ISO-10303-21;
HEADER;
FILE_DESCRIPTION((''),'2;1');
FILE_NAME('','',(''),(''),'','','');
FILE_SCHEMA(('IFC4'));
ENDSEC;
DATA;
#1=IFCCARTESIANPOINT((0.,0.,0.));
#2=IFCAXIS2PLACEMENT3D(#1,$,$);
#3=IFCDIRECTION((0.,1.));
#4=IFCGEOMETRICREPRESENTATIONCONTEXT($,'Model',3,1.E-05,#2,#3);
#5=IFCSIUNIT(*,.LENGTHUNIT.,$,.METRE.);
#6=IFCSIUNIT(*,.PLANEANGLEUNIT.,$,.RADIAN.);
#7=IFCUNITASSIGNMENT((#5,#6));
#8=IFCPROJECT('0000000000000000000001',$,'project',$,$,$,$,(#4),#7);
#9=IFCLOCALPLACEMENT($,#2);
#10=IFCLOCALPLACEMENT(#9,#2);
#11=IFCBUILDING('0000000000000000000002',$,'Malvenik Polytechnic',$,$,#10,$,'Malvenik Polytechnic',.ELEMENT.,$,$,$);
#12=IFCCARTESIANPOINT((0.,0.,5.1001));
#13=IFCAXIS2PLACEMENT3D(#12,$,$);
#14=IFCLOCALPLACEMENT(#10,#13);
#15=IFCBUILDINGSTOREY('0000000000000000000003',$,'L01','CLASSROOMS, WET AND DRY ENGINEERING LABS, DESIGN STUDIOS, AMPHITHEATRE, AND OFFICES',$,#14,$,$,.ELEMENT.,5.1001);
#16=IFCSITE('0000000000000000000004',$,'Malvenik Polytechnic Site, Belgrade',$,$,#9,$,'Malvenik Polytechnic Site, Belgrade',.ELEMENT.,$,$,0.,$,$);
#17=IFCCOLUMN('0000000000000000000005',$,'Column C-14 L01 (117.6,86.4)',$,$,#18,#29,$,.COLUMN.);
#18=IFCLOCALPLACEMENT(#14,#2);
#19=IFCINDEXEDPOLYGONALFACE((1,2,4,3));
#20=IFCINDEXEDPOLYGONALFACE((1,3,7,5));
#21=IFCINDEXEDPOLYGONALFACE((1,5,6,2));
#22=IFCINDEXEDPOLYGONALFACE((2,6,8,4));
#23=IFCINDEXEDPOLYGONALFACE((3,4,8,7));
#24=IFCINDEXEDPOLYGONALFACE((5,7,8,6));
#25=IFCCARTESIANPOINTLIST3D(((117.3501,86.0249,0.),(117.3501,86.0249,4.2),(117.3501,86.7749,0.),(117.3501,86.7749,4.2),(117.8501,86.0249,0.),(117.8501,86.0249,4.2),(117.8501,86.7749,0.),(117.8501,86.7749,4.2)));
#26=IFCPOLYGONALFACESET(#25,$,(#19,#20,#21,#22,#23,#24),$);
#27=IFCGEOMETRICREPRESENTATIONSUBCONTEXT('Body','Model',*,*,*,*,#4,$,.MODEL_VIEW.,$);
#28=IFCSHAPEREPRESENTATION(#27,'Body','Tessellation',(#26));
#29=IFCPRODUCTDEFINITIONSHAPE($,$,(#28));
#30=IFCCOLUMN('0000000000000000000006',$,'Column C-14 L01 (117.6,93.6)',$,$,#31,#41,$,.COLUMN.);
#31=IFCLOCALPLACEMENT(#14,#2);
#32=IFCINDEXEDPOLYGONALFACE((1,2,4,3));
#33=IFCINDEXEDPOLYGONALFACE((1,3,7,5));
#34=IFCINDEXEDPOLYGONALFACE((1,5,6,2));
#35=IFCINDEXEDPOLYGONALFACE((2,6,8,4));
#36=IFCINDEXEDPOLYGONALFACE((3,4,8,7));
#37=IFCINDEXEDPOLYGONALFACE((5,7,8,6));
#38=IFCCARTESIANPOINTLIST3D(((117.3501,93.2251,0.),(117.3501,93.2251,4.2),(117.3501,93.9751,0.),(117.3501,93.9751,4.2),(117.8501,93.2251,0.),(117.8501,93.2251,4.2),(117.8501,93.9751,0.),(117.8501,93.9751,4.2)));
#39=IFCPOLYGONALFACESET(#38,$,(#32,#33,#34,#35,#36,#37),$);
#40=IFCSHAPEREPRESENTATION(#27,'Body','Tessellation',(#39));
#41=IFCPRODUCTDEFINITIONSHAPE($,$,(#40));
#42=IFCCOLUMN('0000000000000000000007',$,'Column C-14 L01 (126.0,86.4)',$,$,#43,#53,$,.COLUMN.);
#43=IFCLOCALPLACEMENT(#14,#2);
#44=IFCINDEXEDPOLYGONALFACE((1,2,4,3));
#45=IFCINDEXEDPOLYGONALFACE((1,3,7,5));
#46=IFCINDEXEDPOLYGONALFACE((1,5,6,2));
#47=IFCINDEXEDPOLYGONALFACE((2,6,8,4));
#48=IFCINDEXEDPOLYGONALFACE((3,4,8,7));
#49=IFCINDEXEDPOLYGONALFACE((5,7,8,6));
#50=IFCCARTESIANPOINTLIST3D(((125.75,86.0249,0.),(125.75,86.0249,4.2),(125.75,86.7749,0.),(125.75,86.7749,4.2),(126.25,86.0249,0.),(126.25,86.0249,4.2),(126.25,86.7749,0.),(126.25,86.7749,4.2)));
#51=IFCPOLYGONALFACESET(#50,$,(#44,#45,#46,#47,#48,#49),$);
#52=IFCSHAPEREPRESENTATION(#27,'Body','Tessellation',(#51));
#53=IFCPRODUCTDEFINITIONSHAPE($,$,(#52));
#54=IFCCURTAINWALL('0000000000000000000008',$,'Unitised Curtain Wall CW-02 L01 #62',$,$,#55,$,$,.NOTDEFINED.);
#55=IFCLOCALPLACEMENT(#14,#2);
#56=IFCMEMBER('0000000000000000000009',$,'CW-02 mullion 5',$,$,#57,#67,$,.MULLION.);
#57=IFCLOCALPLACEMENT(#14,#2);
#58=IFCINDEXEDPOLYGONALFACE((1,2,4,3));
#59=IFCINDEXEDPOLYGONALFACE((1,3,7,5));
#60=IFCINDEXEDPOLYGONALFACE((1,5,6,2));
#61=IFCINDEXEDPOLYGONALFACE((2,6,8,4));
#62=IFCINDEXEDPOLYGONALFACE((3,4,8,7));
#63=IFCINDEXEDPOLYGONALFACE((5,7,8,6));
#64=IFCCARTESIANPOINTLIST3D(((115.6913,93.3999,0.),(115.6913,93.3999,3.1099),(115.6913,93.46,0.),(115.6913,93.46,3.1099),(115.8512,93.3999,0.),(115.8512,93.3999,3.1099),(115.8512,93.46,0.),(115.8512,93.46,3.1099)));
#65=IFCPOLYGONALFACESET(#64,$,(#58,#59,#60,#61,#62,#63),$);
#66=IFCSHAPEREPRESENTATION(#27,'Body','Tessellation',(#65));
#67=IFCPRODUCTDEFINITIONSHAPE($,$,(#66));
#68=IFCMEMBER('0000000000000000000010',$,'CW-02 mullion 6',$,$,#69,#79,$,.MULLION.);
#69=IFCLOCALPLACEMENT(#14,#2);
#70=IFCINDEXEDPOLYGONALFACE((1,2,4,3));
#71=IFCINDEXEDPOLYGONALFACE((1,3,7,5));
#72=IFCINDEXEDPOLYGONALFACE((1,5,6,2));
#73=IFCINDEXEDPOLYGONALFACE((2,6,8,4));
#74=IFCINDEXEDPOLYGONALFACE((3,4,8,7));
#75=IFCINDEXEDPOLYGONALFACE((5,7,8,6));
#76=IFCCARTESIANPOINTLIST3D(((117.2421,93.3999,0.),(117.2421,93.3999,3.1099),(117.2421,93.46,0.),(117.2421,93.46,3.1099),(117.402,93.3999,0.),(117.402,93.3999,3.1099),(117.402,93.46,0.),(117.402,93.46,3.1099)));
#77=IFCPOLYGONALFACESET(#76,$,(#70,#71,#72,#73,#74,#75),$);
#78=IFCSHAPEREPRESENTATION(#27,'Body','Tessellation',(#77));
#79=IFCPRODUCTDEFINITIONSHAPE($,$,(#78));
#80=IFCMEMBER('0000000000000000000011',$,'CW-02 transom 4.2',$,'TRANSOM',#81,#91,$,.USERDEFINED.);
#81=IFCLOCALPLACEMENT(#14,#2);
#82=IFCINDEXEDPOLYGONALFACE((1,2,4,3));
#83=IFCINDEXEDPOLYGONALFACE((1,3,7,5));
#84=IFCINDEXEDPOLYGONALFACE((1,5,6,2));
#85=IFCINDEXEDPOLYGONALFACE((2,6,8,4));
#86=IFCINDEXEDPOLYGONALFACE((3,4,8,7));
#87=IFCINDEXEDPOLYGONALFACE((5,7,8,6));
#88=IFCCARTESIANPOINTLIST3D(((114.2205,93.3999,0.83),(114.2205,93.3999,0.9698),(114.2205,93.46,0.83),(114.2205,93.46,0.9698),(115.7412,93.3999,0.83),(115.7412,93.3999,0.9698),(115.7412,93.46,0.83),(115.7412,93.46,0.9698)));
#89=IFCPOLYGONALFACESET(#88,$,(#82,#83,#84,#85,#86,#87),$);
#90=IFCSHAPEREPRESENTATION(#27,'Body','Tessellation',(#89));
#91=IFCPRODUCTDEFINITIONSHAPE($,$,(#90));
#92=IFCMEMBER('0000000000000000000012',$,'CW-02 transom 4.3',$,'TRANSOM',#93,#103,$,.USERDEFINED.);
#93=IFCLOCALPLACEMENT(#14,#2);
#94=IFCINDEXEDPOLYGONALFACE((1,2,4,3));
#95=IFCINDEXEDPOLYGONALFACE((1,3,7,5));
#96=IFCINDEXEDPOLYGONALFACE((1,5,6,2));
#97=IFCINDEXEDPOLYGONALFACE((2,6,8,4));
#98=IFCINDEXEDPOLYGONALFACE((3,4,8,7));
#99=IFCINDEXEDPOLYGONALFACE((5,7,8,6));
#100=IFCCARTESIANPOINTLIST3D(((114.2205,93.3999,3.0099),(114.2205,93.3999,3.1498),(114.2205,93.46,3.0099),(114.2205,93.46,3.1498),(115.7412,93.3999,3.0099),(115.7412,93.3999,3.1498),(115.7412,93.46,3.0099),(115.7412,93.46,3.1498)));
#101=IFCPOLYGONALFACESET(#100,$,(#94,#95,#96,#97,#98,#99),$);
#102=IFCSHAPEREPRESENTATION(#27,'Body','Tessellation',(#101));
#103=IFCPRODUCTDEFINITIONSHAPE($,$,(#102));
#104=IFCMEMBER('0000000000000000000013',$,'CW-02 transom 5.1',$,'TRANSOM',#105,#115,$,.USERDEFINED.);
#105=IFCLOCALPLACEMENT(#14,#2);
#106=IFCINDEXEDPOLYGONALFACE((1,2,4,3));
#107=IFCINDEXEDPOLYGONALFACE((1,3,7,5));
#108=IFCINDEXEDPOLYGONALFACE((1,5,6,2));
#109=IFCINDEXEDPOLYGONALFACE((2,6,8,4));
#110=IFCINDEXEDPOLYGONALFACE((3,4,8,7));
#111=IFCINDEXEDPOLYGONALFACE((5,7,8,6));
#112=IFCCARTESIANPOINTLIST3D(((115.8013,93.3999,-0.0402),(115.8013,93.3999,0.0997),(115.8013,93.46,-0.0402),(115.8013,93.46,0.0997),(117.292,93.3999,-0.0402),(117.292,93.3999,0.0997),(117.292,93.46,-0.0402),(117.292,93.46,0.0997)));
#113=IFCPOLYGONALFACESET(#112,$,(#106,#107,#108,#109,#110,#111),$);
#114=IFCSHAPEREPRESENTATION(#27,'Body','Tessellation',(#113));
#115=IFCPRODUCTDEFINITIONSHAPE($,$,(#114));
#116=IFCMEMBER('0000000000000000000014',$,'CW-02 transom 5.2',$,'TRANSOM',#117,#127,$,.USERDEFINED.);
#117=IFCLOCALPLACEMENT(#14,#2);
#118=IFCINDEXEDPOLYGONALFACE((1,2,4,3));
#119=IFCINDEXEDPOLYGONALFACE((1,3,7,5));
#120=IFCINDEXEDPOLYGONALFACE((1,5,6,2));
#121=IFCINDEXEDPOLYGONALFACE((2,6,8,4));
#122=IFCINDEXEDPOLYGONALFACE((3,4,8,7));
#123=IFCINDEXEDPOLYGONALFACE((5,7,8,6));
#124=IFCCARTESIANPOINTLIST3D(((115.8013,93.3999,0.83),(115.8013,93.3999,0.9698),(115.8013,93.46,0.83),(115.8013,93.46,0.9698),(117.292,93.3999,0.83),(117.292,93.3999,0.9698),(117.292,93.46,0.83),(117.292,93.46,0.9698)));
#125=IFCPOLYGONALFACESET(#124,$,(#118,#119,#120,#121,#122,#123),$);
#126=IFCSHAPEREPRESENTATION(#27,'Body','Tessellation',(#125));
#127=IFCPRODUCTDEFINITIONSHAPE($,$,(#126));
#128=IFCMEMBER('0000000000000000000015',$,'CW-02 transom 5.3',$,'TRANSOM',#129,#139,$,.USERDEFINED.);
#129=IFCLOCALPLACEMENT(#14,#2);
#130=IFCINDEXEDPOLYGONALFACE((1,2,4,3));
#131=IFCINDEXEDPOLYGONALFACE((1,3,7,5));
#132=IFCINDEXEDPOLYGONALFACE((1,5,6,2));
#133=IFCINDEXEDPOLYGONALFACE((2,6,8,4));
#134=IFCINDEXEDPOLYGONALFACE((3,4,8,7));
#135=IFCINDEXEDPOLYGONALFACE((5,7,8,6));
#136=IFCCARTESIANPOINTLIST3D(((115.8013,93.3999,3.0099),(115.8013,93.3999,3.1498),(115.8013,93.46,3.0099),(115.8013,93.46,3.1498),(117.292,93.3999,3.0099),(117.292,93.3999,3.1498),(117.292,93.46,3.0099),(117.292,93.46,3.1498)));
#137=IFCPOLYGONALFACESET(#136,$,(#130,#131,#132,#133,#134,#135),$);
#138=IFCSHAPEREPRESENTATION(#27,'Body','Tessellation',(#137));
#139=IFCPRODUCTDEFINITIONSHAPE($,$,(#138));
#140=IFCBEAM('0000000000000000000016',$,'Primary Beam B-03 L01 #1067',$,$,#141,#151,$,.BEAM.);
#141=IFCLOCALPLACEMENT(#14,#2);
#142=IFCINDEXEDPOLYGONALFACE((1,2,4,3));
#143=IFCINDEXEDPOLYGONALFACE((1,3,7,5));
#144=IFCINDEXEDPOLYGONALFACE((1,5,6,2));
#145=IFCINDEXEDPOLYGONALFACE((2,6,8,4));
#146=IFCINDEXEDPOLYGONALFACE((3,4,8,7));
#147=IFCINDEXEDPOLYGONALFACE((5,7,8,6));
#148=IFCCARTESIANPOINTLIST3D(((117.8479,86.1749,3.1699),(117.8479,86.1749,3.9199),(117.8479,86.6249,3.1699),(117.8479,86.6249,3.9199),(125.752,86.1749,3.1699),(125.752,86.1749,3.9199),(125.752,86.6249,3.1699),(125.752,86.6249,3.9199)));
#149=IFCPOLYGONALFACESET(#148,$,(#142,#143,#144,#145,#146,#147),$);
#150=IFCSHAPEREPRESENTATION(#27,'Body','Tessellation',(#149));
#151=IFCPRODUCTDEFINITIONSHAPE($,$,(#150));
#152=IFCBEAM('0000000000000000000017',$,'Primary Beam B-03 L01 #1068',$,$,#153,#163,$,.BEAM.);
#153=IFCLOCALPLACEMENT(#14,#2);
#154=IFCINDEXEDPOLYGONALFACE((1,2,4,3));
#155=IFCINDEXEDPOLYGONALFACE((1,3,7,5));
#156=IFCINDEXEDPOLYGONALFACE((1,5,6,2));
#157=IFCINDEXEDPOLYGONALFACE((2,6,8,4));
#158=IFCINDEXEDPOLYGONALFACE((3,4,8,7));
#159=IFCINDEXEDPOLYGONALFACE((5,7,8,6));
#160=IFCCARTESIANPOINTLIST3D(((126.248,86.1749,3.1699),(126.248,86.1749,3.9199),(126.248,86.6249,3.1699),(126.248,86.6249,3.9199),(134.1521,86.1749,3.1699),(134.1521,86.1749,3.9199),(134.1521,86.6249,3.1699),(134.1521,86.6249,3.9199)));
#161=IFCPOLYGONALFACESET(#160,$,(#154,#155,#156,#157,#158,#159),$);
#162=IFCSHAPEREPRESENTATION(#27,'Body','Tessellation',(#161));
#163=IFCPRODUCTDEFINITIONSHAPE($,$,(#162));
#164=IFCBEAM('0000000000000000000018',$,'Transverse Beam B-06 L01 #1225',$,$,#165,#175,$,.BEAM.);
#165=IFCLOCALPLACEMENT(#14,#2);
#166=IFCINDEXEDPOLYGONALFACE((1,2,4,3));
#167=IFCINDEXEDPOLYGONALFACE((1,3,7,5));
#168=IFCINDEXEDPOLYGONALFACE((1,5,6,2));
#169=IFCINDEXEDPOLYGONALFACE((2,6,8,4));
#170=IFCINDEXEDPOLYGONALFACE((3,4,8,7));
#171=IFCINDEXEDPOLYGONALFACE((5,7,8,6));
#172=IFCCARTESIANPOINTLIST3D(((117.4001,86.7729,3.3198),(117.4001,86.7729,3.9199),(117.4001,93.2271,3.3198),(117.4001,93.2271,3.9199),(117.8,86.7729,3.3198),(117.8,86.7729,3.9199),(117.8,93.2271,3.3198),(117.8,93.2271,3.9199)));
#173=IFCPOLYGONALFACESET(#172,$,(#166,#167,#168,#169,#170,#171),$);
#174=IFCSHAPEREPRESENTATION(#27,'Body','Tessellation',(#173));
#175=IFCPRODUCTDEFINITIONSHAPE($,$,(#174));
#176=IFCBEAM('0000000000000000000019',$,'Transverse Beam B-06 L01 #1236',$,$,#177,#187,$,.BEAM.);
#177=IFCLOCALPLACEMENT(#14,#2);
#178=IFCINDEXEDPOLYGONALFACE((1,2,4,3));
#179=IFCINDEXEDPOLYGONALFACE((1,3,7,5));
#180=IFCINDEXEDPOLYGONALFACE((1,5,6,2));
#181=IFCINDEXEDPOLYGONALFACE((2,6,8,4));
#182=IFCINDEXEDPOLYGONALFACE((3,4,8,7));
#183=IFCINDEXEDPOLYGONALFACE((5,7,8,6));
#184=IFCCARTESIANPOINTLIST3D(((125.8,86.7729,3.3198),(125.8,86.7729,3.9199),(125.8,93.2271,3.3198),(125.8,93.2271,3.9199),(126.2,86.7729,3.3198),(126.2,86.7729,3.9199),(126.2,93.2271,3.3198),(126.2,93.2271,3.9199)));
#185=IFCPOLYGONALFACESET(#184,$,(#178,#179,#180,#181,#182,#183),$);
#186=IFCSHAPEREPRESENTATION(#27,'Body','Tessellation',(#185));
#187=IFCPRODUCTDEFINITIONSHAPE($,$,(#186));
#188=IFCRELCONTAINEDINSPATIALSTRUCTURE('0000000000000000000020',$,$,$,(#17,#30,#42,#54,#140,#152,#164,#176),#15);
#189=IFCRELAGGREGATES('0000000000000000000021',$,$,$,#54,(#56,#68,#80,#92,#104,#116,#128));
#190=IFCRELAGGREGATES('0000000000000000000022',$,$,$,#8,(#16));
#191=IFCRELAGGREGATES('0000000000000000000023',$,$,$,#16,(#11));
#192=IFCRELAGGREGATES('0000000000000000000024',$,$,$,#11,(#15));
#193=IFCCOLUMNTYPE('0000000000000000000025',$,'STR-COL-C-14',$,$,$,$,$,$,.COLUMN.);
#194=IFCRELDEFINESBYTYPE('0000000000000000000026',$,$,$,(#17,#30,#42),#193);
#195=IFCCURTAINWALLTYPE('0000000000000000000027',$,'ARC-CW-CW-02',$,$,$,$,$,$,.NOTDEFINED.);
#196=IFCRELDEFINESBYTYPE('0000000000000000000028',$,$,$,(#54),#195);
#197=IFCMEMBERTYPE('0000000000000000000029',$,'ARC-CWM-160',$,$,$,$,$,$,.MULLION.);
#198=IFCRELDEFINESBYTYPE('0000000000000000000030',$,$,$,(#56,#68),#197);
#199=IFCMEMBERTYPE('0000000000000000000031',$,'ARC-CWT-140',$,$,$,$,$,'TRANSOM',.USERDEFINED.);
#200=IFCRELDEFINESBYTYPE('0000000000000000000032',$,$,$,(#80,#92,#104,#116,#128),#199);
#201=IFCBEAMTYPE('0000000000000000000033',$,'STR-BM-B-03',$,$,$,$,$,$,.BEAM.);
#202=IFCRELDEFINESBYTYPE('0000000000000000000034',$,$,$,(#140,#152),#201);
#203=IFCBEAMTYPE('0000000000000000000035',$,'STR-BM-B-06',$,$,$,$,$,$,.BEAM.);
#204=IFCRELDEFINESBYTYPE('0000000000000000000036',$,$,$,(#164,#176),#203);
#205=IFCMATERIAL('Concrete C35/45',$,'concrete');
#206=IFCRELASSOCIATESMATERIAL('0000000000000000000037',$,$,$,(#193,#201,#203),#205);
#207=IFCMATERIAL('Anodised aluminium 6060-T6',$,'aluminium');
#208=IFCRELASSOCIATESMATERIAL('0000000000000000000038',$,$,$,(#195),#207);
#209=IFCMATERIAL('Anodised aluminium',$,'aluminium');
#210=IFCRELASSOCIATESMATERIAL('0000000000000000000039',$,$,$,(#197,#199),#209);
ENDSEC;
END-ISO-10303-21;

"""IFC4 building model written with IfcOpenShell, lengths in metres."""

from ifc_helpers import new_model, si_unit, direction, frame, origin, origin_2d, place, context, subcontext, project, spatial, rectangle, extrude, material, material_profile, profile_set, type_object, element, aggregate, save


model = new_model("IFC4")

# Units and contexts
model_context = context("Model", 3, precision=1e-05, world=origin(), true_north=direction((0.0, 1.0)))
body_context = subcontext(model_context, "Body", "Model", "MODEL_VIEW")
ifc_project = project(units=[si_unit("LENGTHUNIT", "METRE"), si_unit("PLANEANGLEUNIT", "RADIAN")], contexts=[model_context])

# Site, building, storey
site_placement = place(None, origin())
site = spatial("IfcSite", under=ifc_project, at=site_placement, Name="Malvenik Polytechnic Site, Belgrade", LongName="Malvenik Polytechnic Site, Belgrade", CompositionType="ELEMENT", RefElevation=0.0)
building_placement = place(site_placement, origin())
building = spatial("IfcBuilding", under=site, at=building_placement, Name="Malvenik Polytechnic", LongName="Malvenik Polytechnic", CompositionType="ELEMENT")
storey_placement = place(building_placement, frame((0.0, 0.0, 5.1001)))
storey = spatial("IfcBuildingStorey", under=building, at=storey_placement, Name="L01", Description="CLASSROOMS, WET AND DRY ENGINEERING LABS, DESIGN STUDIOS, AMPHITHEATRE, AND OFFICES", CompositionType="ELEMENT", Elevation=5.1001)

# Columns
ifc_material_1 = material(Name="Concrete C35/45", Category="concrete")
ifc_material_profile_1 = material_profile(ifc_material_1, rectangle(XDim=0.5, YDim=0.75, at=origin_2d()), Name="RC COL 750x500")
ifc_profile_set_1 = profile_set([ifc_material_profile_1], Name="Concrete C35/45")
column_type = type_object("IfcColumnType", Name="STR-COL-C-14", PredefinedType="COLUMN", material=ifc_profile_set_1)
for number, where, z_axis, x_axis, name in (
    (1, (117.6001, 86.3999, 0.0), (0.0, 0.0, 1.0), (1.0, 0.0, 0.0), "Column C-14 L01 (117.6,86.4)"),
    (2, (117.6001, 93.6001, 0.0), (0.0, 0.0, 1.0), (1.0, 0.0, 0.0), "Column C-14 L01 (117.6,93.6)"),
    (3, (126.0, 86.3999, 0.0), (0.0, 0.0, 1.0), (1.0, 0.0, 0.0), "Column C-14 L01 (126.0,86.4)"),
):
    element("IfcColumn", number, at=place(storey_placement, frame(where, z_axis=z_axis, x_axis=x_axis)), inside=storey, type_object=column_type, Name=name, PredefinedType="COLUMN", context=body_context, shape_type="SweptSolid", body=[
        extrude(rectangle(XDim=0.5, YDim=0.75, at=origin_2d()), origin(), (0.0, 0.0, 1.0), 4.2),
    ])

# Curtain wall, members
ifc_material_2 = material(Name="Anodised aluminium 6060-T6", Category="aluminium")
curtain_wall_type = type_object("IfcCurtainWallType", Name="ARC-CW-CW-02", PredefinedType="NOTDEFINED", material=ifc_material_2)
curtain_wall_placement = place(storey_placement, origin())
curtain_wall = element("IfcCurtainWall", 4, at=curtain_wall_placement, inside=storey, type_object=curtain_wall_type, Name="Unitised Curtain Wall CW-02 L01 #62", PredefinedType="NOTDEFINED")
ifc_material_3 = material(Name="Anodised aluminium", Category="aluminium")
ifc_material_profile_2 = material_profile(ifc_material_3, rectangle(XDim=0.0601, YDim=0.1599, at=origin_2d()), Name="ALU MULLION 60x160")
ifc_profile_set_2 = profile_set([ifc_material_profile_2], Name="Anodised aluminium")
member_type_1 = type_object("IfcMemberType", Name="ARC-CWM-160", PredefinedType="MULLION", material=ifc_profile_set_2)
member_1_placement = place(storey_placement, frame((115.7712, 93.4299, 0.0), z_axis=(0.0, 0.0, 1.0), x_axis=(0.0, 1.0, 0.0)))
member_1 = element("IfcMember", 5, at=member_1_placement, type_object=member_type_1, Name="CW-02 mullion 5", PredefinedType="MULLION", context=body_context, shape_type="SweptSolid", body=[
    extrude(rectangle(XDim=0.0601, YDim=0.1599, at=origin_2d()), origin(), (0.0, 0.0, 1.0), 3.1099),
])
member_2_placement = place(storey_placement, frame((117.322, 93.4299, 0.0), z_axis=(0.0, 0.0, 1.0), x_axis=(0.0, 1.0, 0.0)))
member_2 = element("IfcMember", 6, at=member_2_placement, type_object=member_type_1, Name="CW-02 mullion 6", PredefinedType="MULLION", context=body_context, shape_type="SweptSolid", body=[
    extrude(rectangle(XDim=0.0601, YDim=0.1599, at=origin_2d()), origin(), (0.0, 0.0, 1.0), 3.1099),
])
ifc_material_profile_3 = material_profile(ifc_material_3, rectangle(XDim=0.0601, YDim=0.1399, at=origin_2d()), Name="ALU TRANSOM 60x140")
ifc_profile_set_3 = profile_set([ifc_material_profile_3], Name="Anodised aluminium")
member_type_2 = type_object("IfcMemberType", Name="ARC-CWT-140", ElementType="TRANSOM", PredefinedType="USERDEFINED", material=ifc_profile_set_3)
member_3_placement = place(storey_placement, frame((114.2205, 93.4299, 0.8999), z_axis=(1.0, 0.0, 0.0), x_axis=(0.0, 1.0, 0.0)))
member_3 = element("IfcMember", 7, at=member_3_placement, type_object=member_type_2, Name="CW-02 transom 4.2", ObjectType="TRANSOM", PredefinedType="USERDEFINED", context=body_context, shape_type="SweptSolid", body=[
    extrude(rectangle(XDim=0.0601, YDim=0.1399, at=origin_2d()), origin(), (0.0, 0.0, 1.0), 1.5208),
])
member_4_placement = place(storey_placement, frame((114.2205, 93.4299, 3.0798), z_axis=(1.0, 0.0, 0.0), x_axis=(0.0, 1.0, 0.0)))
member_4 = element("IfcMember", 8, at=member_4_placement, type_object=member_type_2, Name="CW-02 transom 4.3", ObjectType="TRANSOM", PredefinedType="USERDEFINED", context=body_context, shape_type="SweptSolid", body=[
    extrude(rectangle(XDim=0.0601, YDim=0.1399, at=origin_2d()), origin(), (0.0, 0.0, 1.0), 1.5208),
])
member_5_placement = place(storey_placement, frame((115.8013, 93.4299, 0.0298), z_axis=(1.0, 0.0, 0.0), x_axis=(0.0, 1.0, 0.0)))
member_5 = element("IfcMember", 9, at=member_5_placement, type_object=member_type_2, Name="CW-02 transom 5.1", ObjectType="TRANSOM", PredefinedType="USERDEFINED", context=body_context, shape_type="SweptSolid", body=[
    extrude(rectangle(XDim=0.0601, YDim=0.1399, at=origin_2d()), origin(), (0.0, 0.0, 1.0), 1.4907),
])
member_6_placement = place(storey_placement, frame((115.8013, 93.4299, 0.8999), z_axis=(1.0, 0.0, 0.0), x_axis=(0.0, 1.0, 0.0)))
member_6 = element("IfcMember", 10, at=member_6_placement, type_object=member_type_2, Name="CW-02 transom 5.2", ObjectType="TRANSOM", PredefinedType="USERDEFINED", context=body_context, shape_type="SweptSolid", body=[
    extrude(rectangle(XDim=0.0601, YDim=0.1399, at=origin_2d()), origin(), (0.0, 0.0, 1.0), 1.4907),
])
member_7_placement = place(storey_placement, frame((115.8013, 93.4299, 3.0798), z_axis=(1.0, 0.0, 0.0), x_axis=(0.0, 1.0, 0.0)))
member_7 = element("IfcMember", 11, at=member_7_placement, type_object=member_type_2, Name="CW-02 transom 5.3", ObjectType="TRANSOM", PredefinedType="USERDEFINED", context=body_context, shape_type="SweptSolid", body=[
    extrude(rectangle(XDim=0.0601, YDim=0.1399, at=origin_2d()), origin(), (0.0, 0.0, 1.0), 1.4907),
])

# Beams
ifc_material_profile_4 = material_profile(ifc_material_1, rectangle(XDim=0.45, YDim=0.75, at=origin_2d()), Name="RC BM 450x750")
ifc_profile_set_4 = profile_set([ifc_material_profile_4], Name="Concrete C35/45")
beam_type_1 = type_object("IfcBeamType", Name="STR-BM-B-03", PredefinedType="BEAM", material=ifc_profile_set_4)
for number, where, z_axis, x_axis, name in (
    (12, (117.8479, 86.3999, 3.5449), (1.0, 0.0, 0.0), (0.0, 1.0, 0.0), "Primary Beam B-03 L01 #1067"),
    (13, (126.248, 86.3999, 3.5449), (1.0, 0.0, 0.0), (0.0, 1.0, 0.0), "Primary Beam B-03 L01 #1068"),
):
    element("IfcBeam", number, at=place(storey_placement, frame(where, z_axis=z_axis, x_axis=x_axis)), inside=storey, type_object=beam_type_1, Name=name, PredefinedType="BEAM", context=body_context, shape_type="SweptSolid", body=[
        extrude(rectangle(XDim=0.45, YDim=0.75, at=origin_2d()), origin(), (0.0, 0.0, 1.0), 7.9041),
    ])
ifc_material_profile_5 = material_profile(ifc_material_1, rectangle(XDim=0.3999, YDim=0.6001, at=origin_2d()), Name="RC BM 400x600")
ifc_profile_set_5 = profile_set([ifc_material_profile_5], Name="Concrete C35/45")
beam_type_2 = type_object("IfcBeamType", Name="STR-BM-B-06", PredefinedType="BEAM", material=ifc_profile_set_5)
for number, where, z_axis, x_axis, name in (
    (14, (117.6001, 86.7729, 3.6199), (0.0, 1.0, 0.0), (-1.0, 0.0, 0.0), "Transverse Beam B-06 L01 #1225"),
    (15, (126.0, 86.7729, 3.6199), (0.0, 1.0, 0.0), (-1.0, 0.0, 0.0), "Transverse Beam B-06 L01 #1236"),
):
    element("IfcBeam", number, at=place(storey_placement, frame(where, z_axis=z_axis, x_axis=x_axis)), inside=storey, type_object=beam_type_2, Name=name, PredefinedType="BEAM", context=body_context, shape_type="SweptSolid", body=[
        extrude(rectangle(XDim=0.3999, YDim=0.6001, at=origin_2d()), origin(), (0.0, 0.0, 1.0), 6.4541),
    ])

aggregate(curtain_wall, [member_1, member_2, member_3, member_4, member_5, member_6, member_7])

save(model, "model.ifc")
